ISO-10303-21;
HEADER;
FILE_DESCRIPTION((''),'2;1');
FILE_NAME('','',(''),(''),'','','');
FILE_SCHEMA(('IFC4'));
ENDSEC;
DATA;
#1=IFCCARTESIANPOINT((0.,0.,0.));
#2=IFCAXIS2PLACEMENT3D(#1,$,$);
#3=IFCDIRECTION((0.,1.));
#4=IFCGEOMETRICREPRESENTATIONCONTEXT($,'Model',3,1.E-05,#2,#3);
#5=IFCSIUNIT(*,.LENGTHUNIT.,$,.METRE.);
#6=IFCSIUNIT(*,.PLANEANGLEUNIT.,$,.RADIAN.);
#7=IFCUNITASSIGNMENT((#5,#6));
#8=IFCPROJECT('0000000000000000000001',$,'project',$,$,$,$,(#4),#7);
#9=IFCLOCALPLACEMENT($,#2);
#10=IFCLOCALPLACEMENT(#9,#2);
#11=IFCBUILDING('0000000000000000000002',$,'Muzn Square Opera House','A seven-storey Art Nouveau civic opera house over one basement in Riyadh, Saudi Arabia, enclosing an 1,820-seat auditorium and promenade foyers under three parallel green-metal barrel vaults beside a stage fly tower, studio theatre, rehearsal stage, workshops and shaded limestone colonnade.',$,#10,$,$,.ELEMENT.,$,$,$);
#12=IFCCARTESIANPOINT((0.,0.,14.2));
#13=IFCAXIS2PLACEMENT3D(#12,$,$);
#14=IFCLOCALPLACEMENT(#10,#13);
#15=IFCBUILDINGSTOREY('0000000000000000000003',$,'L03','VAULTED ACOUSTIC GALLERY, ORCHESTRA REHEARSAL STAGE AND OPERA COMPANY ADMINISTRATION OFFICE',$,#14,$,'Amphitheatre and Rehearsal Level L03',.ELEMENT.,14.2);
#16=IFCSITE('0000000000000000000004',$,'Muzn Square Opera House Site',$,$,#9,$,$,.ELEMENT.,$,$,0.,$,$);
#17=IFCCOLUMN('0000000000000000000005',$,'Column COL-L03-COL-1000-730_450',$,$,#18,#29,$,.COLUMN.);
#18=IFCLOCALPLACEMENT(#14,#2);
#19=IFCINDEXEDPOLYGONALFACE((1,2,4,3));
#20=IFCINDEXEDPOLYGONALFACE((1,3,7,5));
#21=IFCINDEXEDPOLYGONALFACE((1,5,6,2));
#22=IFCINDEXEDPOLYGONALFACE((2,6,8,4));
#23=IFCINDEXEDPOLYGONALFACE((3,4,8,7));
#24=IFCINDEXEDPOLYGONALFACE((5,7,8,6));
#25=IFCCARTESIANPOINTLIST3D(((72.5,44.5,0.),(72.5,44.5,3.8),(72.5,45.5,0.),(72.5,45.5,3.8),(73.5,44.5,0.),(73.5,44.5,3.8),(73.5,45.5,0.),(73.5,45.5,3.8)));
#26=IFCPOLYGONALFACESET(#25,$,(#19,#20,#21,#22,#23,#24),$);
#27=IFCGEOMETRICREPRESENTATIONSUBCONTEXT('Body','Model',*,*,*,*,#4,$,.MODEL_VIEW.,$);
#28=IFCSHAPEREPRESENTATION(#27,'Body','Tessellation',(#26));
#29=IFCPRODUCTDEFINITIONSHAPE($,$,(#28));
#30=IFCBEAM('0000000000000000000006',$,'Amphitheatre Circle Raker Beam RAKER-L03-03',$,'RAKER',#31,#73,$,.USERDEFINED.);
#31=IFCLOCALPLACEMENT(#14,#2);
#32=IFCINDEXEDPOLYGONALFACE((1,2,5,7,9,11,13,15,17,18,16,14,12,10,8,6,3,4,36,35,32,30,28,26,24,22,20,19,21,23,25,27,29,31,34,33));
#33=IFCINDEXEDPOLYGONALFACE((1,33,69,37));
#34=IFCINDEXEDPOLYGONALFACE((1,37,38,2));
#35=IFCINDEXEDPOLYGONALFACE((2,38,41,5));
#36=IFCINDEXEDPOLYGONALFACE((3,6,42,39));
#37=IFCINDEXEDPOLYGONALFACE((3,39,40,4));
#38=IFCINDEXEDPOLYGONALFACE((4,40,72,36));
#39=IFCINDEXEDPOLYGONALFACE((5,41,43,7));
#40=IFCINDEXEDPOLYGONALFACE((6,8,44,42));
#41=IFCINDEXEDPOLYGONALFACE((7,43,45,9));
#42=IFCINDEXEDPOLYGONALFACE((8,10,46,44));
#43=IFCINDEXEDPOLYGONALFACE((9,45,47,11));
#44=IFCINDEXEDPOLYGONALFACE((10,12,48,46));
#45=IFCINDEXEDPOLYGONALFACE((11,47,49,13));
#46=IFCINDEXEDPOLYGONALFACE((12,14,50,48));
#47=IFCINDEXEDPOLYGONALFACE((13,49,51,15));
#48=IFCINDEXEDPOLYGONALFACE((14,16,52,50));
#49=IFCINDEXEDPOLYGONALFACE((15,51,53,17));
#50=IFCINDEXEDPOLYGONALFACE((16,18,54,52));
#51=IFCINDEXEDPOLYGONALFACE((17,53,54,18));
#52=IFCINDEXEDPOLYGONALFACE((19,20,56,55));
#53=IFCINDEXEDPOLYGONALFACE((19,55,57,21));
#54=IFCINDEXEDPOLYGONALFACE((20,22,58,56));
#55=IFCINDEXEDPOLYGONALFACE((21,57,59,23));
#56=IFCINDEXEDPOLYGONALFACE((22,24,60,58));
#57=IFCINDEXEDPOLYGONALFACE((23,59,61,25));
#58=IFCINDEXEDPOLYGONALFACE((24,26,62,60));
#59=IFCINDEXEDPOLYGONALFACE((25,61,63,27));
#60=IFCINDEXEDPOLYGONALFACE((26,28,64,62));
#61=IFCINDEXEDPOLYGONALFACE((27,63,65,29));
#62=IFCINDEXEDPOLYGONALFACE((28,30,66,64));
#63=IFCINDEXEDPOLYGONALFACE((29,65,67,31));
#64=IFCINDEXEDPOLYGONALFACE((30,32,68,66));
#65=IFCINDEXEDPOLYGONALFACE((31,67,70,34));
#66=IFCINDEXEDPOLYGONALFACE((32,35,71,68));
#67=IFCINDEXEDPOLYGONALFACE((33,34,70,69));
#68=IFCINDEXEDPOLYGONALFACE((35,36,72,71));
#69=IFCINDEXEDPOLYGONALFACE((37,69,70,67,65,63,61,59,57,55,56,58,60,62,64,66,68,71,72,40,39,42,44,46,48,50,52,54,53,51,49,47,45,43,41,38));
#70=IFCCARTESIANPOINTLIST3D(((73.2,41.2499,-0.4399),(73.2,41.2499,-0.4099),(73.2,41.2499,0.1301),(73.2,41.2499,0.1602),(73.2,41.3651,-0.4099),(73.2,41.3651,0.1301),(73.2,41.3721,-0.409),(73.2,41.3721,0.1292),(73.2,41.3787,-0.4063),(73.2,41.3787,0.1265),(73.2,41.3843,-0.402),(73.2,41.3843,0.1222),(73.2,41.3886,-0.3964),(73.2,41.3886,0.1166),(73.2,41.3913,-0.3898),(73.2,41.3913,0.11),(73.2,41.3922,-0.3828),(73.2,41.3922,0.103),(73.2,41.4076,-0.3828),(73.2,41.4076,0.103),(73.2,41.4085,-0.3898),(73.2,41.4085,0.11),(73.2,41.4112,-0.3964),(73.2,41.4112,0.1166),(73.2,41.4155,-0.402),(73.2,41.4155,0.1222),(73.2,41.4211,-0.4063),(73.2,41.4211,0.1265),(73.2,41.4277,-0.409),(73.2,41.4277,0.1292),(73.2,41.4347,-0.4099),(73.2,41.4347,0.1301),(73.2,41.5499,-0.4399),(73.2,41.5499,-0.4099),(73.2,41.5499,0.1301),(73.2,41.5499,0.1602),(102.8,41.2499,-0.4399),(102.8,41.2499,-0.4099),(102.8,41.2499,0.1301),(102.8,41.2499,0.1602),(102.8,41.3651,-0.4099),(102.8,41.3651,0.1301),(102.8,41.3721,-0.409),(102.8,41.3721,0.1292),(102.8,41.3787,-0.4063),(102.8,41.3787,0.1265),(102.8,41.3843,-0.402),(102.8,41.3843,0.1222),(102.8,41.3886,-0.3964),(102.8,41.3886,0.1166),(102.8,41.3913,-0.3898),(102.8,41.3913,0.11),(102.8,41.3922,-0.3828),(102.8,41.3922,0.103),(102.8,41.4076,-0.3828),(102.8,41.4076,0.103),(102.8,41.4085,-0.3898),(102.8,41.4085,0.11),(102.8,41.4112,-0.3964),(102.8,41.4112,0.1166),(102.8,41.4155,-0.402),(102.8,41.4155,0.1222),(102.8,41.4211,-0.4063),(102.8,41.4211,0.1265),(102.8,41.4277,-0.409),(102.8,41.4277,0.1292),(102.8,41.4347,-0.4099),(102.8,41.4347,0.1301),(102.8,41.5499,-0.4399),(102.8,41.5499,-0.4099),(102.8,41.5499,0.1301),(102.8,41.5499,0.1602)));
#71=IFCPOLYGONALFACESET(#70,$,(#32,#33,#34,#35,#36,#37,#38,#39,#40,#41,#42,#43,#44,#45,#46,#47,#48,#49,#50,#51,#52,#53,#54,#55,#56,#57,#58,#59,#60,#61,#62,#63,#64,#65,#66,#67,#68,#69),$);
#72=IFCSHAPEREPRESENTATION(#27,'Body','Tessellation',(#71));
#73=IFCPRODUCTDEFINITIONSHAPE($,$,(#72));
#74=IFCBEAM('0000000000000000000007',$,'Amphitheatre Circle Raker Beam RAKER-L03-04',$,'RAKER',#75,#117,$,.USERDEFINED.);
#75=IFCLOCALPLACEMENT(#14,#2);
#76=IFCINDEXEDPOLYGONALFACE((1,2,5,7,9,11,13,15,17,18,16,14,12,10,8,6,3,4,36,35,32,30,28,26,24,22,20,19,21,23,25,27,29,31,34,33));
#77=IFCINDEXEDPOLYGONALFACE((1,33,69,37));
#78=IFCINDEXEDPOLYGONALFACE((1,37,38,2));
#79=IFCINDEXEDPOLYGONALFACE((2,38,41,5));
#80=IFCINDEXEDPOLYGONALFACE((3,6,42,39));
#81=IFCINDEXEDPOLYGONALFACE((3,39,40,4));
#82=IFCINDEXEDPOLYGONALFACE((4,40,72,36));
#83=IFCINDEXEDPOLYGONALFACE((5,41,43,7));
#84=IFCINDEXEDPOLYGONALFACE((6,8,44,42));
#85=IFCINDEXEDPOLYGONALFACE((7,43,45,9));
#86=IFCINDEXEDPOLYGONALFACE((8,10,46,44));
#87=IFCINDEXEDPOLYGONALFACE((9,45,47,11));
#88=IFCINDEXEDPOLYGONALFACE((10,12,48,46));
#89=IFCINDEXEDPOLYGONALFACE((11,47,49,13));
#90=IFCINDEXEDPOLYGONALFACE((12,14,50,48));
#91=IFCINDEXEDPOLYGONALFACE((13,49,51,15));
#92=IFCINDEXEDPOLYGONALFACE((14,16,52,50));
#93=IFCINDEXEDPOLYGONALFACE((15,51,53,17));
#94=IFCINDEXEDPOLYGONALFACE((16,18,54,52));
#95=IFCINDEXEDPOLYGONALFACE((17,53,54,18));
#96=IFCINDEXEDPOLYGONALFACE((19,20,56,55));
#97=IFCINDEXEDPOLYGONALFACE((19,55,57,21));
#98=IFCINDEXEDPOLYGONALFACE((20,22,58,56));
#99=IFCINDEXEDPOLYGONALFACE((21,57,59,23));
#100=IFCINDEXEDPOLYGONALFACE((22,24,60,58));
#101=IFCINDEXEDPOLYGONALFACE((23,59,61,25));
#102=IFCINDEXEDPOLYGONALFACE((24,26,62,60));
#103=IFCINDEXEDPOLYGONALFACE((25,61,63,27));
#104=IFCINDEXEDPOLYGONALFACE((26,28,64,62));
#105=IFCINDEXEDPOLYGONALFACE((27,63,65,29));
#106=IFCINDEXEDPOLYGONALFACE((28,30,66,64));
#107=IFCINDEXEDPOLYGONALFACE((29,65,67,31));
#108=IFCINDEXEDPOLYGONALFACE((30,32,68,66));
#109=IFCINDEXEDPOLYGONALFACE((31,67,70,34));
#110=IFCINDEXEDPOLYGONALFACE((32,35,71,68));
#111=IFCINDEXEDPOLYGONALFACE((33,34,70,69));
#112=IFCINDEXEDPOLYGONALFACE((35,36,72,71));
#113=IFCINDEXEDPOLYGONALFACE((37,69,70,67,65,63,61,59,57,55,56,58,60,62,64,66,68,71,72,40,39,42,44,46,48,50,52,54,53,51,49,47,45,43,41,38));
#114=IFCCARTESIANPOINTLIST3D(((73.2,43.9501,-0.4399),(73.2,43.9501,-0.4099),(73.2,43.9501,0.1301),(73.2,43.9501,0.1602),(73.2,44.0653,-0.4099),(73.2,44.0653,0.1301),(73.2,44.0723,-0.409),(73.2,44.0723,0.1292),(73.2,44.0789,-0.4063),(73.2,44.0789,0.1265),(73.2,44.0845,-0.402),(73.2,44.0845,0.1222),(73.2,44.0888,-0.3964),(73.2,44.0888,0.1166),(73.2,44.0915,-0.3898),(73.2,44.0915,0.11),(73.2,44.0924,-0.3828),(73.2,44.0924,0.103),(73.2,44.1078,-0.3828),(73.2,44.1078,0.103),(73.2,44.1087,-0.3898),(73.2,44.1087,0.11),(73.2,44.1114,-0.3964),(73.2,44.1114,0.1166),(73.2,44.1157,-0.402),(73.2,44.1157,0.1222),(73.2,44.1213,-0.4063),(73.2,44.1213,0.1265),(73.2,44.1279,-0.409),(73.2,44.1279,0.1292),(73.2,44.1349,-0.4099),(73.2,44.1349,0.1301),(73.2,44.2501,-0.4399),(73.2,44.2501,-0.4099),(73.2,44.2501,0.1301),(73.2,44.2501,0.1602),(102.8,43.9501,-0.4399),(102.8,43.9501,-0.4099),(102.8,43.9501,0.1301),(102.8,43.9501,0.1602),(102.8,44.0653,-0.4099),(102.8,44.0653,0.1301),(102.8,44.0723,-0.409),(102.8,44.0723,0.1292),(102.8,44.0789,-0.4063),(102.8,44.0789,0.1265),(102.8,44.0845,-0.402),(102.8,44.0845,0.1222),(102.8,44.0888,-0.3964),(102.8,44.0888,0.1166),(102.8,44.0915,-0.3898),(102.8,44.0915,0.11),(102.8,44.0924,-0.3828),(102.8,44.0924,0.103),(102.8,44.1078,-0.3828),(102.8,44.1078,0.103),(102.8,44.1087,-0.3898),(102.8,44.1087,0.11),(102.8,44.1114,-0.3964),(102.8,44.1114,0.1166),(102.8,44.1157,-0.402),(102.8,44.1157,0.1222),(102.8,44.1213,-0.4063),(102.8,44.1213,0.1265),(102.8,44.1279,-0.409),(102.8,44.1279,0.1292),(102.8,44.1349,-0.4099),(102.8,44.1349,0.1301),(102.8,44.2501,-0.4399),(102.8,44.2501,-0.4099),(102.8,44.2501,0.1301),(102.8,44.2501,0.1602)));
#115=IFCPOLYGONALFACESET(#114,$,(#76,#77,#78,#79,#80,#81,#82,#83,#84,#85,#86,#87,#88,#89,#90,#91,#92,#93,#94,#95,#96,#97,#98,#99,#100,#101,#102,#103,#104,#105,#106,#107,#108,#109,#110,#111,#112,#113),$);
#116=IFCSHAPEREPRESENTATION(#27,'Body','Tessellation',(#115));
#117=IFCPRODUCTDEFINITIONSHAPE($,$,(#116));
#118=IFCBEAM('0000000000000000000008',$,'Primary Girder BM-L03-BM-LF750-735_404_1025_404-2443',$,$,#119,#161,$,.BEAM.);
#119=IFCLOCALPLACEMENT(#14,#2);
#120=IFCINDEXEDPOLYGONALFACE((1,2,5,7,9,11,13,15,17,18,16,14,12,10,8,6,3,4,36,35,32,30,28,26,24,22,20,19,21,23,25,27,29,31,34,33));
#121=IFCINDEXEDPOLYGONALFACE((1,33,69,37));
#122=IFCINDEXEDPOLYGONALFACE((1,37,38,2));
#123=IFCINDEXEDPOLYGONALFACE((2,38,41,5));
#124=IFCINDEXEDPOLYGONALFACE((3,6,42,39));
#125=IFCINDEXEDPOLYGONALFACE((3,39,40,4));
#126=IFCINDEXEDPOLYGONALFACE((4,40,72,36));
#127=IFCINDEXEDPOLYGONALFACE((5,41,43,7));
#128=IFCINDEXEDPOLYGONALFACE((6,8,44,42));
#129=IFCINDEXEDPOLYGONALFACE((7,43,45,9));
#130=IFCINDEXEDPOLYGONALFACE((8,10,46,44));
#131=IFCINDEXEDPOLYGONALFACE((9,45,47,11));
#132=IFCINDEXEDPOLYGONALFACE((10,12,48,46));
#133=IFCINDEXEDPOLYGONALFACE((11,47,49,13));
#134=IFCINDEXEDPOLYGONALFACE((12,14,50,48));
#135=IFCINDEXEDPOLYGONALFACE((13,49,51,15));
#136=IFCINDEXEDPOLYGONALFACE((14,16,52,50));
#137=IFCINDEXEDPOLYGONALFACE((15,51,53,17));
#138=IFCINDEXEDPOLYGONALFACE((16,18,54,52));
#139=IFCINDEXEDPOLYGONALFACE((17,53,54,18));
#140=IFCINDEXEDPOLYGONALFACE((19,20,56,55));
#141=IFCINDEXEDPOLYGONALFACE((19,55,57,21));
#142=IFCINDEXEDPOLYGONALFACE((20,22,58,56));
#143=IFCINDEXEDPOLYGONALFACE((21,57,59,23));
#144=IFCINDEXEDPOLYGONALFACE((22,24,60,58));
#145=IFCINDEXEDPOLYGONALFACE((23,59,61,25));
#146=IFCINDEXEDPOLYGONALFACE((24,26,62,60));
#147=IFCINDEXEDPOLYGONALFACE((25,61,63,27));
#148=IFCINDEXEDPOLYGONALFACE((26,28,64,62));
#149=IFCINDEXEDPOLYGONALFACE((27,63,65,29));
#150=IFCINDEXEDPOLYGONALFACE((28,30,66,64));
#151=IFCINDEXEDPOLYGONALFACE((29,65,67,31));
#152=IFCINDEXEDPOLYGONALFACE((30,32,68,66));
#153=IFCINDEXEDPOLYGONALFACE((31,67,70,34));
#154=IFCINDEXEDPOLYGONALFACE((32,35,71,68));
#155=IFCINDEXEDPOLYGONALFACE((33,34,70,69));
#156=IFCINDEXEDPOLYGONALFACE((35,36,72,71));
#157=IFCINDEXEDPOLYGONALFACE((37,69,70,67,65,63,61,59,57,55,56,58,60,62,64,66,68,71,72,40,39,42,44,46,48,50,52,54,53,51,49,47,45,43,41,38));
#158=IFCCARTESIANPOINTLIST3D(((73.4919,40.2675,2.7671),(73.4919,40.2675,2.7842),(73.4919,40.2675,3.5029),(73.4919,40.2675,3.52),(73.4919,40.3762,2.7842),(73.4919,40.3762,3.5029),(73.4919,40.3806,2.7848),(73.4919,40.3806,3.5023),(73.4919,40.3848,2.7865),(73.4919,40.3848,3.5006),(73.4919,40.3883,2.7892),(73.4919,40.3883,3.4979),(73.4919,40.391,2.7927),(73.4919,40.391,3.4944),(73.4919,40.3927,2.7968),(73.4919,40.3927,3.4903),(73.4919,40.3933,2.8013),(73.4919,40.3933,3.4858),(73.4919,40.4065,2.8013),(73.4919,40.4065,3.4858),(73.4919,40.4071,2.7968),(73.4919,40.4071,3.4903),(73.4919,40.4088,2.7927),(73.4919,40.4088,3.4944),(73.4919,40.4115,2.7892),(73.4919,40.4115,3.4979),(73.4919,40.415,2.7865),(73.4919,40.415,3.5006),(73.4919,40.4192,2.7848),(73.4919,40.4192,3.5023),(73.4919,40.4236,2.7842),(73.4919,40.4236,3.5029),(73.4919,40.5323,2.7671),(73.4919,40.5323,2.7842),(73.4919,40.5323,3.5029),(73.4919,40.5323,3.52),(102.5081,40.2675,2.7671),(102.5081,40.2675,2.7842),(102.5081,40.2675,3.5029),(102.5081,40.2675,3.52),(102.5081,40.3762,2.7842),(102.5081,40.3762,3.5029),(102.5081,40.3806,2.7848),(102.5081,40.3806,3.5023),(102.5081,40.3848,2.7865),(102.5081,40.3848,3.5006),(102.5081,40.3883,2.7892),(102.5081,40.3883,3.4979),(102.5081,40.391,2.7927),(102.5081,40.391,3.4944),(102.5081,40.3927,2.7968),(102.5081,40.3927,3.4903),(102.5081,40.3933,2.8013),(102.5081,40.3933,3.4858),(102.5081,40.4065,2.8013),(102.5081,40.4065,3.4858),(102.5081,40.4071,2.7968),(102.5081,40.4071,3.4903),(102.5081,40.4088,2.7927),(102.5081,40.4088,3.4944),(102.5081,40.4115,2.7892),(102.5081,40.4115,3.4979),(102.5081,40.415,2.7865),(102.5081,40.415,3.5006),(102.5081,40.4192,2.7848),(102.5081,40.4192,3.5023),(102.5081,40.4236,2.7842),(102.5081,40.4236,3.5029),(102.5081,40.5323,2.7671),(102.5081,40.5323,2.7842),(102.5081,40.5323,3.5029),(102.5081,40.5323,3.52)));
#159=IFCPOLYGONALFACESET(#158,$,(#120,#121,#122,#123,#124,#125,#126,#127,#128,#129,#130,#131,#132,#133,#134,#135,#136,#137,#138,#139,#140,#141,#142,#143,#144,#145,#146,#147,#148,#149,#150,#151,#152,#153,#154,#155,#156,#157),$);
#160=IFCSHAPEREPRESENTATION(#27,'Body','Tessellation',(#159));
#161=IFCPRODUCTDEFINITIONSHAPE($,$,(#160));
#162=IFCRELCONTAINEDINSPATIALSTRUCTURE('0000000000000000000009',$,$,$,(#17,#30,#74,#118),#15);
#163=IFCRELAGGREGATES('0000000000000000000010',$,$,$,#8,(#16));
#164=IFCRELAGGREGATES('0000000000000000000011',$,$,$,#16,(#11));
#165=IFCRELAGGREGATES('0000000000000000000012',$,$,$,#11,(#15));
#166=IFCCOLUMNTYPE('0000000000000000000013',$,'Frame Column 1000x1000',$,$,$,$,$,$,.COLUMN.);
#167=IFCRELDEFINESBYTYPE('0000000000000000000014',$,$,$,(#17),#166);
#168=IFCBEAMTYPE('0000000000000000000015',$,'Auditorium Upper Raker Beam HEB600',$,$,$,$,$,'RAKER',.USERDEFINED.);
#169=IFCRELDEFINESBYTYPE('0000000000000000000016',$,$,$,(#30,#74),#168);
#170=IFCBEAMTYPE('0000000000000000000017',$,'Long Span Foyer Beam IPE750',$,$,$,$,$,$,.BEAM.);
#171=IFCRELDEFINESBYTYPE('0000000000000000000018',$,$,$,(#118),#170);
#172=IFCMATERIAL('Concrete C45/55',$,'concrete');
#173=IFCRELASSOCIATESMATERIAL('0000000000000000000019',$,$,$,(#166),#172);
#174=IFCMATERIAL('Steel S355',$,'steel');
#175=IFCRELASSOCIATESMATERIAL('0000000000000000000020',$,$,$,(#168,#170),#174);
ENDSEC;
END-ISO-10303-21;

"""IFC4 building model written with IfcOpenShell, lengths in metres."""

from ifc_helpers import new_model, si_unit, direction, frame, origin, origin_2d, place, context, subcontext, project, spatial, rectangle, i_section, extrude, material, material_profile, profile_set, type_object, element, save


model = new_model("IFC4")

# Units and contexts
model_context = context("Model", 3, precision=1e-05, world=origin(), true_north=direction((0.0, 1.0)))
body_context = subcontext(model_context, "Body", "Model", "MODEL_VIEW")
ifc_project = project(units=[si_unit("LENGTHUNIT", "METRE"), si_unit("PLANEANGLEUNIT", "RADIAN")], contexts=[model_context])

# Site, building, storey
site_placement = place(None, origin())
site = spatial("IfcSite", under=ifc_project, at=site_placement, Name="Muzn Square Opera House Site", CompositionType="ELEMENT", RefElevation=0.0)
building_placement = place(site_placement, origin())
building = spatial("IfcBuilding", under=site, at=building_placement, Name="Muzn Square Opera House", Description="A seven-storey Art Nouveau civic opera house over one basement in Riyadh, Saudi Arabia, enclosing an 1,820-seat auditorium and promenade foyers under three parallel green-metal barrel vaults beside a stage fly tower, studio theatre, rehearsal stage, workshops and shaded limestone colonnade.", CompositionType="ELEMENT")
storey_placement = place(building_placement, frame((0.0, 0.0, 14.2)))
storey = spatial("IfcBuildingStorey", under=building, at=storey_placement, Name="L03", Description="VAULTED ACOUSTIC GALLERY, ORCHESTRA REHEARSAL STAGE AND OPERA COMPANY ADMINISTRATION OFFICE", LongName="Amphitheatre and Rehearsal Level L03", CompositionType="ELEMENT", Elevation=14.2)

# Column
ifc_material_1 = material(Name="Concrete C45/55", Category="concrete")
ifc_material_profile_1 = material_profile(ifc_material_1, rectangle(XDim=1.0, YDim=1.0, at=origin_2d()), Name="RC 1000x1000", Category="concrete")
ifc_profile_set_1 = profile_set([ifc_material_profile_1], Name="Concrete C45/55")
column_type = type_object("IfcColumnType", Name="Frame Column 1000x1000", PredefinedType="COLUMN", material=ifc_profile_set_1)
column_placement = place(storey_placement, frame((73.0, 45.0, 0.0), z_axis=(0.0, 0.0, 1.0), x_axis=(1.0, 0.0, 0.0)))
element("IfcColumn", 1, at=column_placement, inside=storey, type_object=column_type, Name="Column COL-L03-COL-1000-730_450", PredefinedType="COLUMN", context=body_context, shape_type="SweptSolid", body=[
    extrude(rectangle(XDim=1.0, YDim=1.0, at=origin_2d()), origin(), (0.0, 0.0, 1.0), 3.8),
])

# Beams
ifc_material_2 = material(Name="Steel S355", Category="steel")
ifc_material_profile_2 = material_profile(ifc_material_2, i_section(OverallWidth=0.3, OverallDepth=0.6001, WebThickness=0.0154, FlangeThickness=0.03, FilletRadius=0.0271, at=origin_2d()), Name="HEB 600", Category="steel")
ifc_profile_set_2 = profile_set([ifc_material_profile_2], Name="Steel S355")
beam_type_1 = type_object("IfcBeamType", Name="Auditorium Upper Raker Beam HEB600", ElementType="RAKER", PredefinedType="USERDEFINED", material=ifc_profile_set_2)
for number, where, z_axis, x_axis, name in (
    (2, (73.2, 41.3999, -0.1399), (1.0, 0.0, 0.0), (0.0, 1.0, 0.0), "Amphitheatre Circle Raker Beam RAKER-L03-03"),
    (3, (73.2, 44.1001, -0.1399), (1.0, 0.0, 0.0), (0.0, 1.0, 0.0), "Amphitheatre Circle Raker Beam RAKER-L03-04"),
):
    element("IfcBeam", number, at=place(storey_placement, frame(where, z_axis=z_axis, x_axis=x_axis)), inside=storey, type_object=beam_type_1, Name=name, ObjectType="RAKER", PredefinedType="USERDEFINED", context=body_context, shape_type="SweptSolid", body=[
        extrude(i_section(OverallWidth=0.3, OverallDepth=0.6001, WebThickness=0.0154, FlangeThickness=0.03, FilletRadius=0.0271, at=origin_2d()), origin(), (0.0, 0.0, 1.0), 29.6001),
    ])
ifc_material_profile_3 = material_profile(ifc_material_2, i_section(OverallWidth=0.2649, OverallDepth=0.7529, WebThickness=0.0132, FlangeThickness=0.0171, FilletRadius=0.0171, at=origin_2d()), Name="IPE 750x147", Category="steel")
ifc_profile_set_3 = profile_set([ifc_material_profile_3], Name="Steel S355")
beam_type_2 = type_object("IfcBeamType", Name="Long Span Foyer Beam IPE750", PredefinedType="BEAM", material=ifc_profile_set_3)
for number, where, z_axis, x_axis, name in (
    (4, (73.4919, 40.3999, 3.1436), (1.0, 0.0, 0.0), (0.0, 1.0, 0.0), "Primary Girder BM-L03-BM-LF750-735_404_1025_404-2443"),
):
    element("IfcBeam", number, at=place(storey_placement, frame(where, z_axis=z_axis, x_axis=x_axis)), inside=storey, type_object=beam_type_2, Name=name, PredefinedType="BEAM", context=body_context, shape_type="SweptSolid", body=[
        extrude(i_section(OverallWidth=0.2649, OverallDepth=0.7529, WebThickness=0.0132, FlangeThickness=0.0171, FilletRadius=0.0171, at=origin_2d()), origin(), (0.0, 0.0, 1.0), 29.0161),
    ])

save(model, "model.ifc")
